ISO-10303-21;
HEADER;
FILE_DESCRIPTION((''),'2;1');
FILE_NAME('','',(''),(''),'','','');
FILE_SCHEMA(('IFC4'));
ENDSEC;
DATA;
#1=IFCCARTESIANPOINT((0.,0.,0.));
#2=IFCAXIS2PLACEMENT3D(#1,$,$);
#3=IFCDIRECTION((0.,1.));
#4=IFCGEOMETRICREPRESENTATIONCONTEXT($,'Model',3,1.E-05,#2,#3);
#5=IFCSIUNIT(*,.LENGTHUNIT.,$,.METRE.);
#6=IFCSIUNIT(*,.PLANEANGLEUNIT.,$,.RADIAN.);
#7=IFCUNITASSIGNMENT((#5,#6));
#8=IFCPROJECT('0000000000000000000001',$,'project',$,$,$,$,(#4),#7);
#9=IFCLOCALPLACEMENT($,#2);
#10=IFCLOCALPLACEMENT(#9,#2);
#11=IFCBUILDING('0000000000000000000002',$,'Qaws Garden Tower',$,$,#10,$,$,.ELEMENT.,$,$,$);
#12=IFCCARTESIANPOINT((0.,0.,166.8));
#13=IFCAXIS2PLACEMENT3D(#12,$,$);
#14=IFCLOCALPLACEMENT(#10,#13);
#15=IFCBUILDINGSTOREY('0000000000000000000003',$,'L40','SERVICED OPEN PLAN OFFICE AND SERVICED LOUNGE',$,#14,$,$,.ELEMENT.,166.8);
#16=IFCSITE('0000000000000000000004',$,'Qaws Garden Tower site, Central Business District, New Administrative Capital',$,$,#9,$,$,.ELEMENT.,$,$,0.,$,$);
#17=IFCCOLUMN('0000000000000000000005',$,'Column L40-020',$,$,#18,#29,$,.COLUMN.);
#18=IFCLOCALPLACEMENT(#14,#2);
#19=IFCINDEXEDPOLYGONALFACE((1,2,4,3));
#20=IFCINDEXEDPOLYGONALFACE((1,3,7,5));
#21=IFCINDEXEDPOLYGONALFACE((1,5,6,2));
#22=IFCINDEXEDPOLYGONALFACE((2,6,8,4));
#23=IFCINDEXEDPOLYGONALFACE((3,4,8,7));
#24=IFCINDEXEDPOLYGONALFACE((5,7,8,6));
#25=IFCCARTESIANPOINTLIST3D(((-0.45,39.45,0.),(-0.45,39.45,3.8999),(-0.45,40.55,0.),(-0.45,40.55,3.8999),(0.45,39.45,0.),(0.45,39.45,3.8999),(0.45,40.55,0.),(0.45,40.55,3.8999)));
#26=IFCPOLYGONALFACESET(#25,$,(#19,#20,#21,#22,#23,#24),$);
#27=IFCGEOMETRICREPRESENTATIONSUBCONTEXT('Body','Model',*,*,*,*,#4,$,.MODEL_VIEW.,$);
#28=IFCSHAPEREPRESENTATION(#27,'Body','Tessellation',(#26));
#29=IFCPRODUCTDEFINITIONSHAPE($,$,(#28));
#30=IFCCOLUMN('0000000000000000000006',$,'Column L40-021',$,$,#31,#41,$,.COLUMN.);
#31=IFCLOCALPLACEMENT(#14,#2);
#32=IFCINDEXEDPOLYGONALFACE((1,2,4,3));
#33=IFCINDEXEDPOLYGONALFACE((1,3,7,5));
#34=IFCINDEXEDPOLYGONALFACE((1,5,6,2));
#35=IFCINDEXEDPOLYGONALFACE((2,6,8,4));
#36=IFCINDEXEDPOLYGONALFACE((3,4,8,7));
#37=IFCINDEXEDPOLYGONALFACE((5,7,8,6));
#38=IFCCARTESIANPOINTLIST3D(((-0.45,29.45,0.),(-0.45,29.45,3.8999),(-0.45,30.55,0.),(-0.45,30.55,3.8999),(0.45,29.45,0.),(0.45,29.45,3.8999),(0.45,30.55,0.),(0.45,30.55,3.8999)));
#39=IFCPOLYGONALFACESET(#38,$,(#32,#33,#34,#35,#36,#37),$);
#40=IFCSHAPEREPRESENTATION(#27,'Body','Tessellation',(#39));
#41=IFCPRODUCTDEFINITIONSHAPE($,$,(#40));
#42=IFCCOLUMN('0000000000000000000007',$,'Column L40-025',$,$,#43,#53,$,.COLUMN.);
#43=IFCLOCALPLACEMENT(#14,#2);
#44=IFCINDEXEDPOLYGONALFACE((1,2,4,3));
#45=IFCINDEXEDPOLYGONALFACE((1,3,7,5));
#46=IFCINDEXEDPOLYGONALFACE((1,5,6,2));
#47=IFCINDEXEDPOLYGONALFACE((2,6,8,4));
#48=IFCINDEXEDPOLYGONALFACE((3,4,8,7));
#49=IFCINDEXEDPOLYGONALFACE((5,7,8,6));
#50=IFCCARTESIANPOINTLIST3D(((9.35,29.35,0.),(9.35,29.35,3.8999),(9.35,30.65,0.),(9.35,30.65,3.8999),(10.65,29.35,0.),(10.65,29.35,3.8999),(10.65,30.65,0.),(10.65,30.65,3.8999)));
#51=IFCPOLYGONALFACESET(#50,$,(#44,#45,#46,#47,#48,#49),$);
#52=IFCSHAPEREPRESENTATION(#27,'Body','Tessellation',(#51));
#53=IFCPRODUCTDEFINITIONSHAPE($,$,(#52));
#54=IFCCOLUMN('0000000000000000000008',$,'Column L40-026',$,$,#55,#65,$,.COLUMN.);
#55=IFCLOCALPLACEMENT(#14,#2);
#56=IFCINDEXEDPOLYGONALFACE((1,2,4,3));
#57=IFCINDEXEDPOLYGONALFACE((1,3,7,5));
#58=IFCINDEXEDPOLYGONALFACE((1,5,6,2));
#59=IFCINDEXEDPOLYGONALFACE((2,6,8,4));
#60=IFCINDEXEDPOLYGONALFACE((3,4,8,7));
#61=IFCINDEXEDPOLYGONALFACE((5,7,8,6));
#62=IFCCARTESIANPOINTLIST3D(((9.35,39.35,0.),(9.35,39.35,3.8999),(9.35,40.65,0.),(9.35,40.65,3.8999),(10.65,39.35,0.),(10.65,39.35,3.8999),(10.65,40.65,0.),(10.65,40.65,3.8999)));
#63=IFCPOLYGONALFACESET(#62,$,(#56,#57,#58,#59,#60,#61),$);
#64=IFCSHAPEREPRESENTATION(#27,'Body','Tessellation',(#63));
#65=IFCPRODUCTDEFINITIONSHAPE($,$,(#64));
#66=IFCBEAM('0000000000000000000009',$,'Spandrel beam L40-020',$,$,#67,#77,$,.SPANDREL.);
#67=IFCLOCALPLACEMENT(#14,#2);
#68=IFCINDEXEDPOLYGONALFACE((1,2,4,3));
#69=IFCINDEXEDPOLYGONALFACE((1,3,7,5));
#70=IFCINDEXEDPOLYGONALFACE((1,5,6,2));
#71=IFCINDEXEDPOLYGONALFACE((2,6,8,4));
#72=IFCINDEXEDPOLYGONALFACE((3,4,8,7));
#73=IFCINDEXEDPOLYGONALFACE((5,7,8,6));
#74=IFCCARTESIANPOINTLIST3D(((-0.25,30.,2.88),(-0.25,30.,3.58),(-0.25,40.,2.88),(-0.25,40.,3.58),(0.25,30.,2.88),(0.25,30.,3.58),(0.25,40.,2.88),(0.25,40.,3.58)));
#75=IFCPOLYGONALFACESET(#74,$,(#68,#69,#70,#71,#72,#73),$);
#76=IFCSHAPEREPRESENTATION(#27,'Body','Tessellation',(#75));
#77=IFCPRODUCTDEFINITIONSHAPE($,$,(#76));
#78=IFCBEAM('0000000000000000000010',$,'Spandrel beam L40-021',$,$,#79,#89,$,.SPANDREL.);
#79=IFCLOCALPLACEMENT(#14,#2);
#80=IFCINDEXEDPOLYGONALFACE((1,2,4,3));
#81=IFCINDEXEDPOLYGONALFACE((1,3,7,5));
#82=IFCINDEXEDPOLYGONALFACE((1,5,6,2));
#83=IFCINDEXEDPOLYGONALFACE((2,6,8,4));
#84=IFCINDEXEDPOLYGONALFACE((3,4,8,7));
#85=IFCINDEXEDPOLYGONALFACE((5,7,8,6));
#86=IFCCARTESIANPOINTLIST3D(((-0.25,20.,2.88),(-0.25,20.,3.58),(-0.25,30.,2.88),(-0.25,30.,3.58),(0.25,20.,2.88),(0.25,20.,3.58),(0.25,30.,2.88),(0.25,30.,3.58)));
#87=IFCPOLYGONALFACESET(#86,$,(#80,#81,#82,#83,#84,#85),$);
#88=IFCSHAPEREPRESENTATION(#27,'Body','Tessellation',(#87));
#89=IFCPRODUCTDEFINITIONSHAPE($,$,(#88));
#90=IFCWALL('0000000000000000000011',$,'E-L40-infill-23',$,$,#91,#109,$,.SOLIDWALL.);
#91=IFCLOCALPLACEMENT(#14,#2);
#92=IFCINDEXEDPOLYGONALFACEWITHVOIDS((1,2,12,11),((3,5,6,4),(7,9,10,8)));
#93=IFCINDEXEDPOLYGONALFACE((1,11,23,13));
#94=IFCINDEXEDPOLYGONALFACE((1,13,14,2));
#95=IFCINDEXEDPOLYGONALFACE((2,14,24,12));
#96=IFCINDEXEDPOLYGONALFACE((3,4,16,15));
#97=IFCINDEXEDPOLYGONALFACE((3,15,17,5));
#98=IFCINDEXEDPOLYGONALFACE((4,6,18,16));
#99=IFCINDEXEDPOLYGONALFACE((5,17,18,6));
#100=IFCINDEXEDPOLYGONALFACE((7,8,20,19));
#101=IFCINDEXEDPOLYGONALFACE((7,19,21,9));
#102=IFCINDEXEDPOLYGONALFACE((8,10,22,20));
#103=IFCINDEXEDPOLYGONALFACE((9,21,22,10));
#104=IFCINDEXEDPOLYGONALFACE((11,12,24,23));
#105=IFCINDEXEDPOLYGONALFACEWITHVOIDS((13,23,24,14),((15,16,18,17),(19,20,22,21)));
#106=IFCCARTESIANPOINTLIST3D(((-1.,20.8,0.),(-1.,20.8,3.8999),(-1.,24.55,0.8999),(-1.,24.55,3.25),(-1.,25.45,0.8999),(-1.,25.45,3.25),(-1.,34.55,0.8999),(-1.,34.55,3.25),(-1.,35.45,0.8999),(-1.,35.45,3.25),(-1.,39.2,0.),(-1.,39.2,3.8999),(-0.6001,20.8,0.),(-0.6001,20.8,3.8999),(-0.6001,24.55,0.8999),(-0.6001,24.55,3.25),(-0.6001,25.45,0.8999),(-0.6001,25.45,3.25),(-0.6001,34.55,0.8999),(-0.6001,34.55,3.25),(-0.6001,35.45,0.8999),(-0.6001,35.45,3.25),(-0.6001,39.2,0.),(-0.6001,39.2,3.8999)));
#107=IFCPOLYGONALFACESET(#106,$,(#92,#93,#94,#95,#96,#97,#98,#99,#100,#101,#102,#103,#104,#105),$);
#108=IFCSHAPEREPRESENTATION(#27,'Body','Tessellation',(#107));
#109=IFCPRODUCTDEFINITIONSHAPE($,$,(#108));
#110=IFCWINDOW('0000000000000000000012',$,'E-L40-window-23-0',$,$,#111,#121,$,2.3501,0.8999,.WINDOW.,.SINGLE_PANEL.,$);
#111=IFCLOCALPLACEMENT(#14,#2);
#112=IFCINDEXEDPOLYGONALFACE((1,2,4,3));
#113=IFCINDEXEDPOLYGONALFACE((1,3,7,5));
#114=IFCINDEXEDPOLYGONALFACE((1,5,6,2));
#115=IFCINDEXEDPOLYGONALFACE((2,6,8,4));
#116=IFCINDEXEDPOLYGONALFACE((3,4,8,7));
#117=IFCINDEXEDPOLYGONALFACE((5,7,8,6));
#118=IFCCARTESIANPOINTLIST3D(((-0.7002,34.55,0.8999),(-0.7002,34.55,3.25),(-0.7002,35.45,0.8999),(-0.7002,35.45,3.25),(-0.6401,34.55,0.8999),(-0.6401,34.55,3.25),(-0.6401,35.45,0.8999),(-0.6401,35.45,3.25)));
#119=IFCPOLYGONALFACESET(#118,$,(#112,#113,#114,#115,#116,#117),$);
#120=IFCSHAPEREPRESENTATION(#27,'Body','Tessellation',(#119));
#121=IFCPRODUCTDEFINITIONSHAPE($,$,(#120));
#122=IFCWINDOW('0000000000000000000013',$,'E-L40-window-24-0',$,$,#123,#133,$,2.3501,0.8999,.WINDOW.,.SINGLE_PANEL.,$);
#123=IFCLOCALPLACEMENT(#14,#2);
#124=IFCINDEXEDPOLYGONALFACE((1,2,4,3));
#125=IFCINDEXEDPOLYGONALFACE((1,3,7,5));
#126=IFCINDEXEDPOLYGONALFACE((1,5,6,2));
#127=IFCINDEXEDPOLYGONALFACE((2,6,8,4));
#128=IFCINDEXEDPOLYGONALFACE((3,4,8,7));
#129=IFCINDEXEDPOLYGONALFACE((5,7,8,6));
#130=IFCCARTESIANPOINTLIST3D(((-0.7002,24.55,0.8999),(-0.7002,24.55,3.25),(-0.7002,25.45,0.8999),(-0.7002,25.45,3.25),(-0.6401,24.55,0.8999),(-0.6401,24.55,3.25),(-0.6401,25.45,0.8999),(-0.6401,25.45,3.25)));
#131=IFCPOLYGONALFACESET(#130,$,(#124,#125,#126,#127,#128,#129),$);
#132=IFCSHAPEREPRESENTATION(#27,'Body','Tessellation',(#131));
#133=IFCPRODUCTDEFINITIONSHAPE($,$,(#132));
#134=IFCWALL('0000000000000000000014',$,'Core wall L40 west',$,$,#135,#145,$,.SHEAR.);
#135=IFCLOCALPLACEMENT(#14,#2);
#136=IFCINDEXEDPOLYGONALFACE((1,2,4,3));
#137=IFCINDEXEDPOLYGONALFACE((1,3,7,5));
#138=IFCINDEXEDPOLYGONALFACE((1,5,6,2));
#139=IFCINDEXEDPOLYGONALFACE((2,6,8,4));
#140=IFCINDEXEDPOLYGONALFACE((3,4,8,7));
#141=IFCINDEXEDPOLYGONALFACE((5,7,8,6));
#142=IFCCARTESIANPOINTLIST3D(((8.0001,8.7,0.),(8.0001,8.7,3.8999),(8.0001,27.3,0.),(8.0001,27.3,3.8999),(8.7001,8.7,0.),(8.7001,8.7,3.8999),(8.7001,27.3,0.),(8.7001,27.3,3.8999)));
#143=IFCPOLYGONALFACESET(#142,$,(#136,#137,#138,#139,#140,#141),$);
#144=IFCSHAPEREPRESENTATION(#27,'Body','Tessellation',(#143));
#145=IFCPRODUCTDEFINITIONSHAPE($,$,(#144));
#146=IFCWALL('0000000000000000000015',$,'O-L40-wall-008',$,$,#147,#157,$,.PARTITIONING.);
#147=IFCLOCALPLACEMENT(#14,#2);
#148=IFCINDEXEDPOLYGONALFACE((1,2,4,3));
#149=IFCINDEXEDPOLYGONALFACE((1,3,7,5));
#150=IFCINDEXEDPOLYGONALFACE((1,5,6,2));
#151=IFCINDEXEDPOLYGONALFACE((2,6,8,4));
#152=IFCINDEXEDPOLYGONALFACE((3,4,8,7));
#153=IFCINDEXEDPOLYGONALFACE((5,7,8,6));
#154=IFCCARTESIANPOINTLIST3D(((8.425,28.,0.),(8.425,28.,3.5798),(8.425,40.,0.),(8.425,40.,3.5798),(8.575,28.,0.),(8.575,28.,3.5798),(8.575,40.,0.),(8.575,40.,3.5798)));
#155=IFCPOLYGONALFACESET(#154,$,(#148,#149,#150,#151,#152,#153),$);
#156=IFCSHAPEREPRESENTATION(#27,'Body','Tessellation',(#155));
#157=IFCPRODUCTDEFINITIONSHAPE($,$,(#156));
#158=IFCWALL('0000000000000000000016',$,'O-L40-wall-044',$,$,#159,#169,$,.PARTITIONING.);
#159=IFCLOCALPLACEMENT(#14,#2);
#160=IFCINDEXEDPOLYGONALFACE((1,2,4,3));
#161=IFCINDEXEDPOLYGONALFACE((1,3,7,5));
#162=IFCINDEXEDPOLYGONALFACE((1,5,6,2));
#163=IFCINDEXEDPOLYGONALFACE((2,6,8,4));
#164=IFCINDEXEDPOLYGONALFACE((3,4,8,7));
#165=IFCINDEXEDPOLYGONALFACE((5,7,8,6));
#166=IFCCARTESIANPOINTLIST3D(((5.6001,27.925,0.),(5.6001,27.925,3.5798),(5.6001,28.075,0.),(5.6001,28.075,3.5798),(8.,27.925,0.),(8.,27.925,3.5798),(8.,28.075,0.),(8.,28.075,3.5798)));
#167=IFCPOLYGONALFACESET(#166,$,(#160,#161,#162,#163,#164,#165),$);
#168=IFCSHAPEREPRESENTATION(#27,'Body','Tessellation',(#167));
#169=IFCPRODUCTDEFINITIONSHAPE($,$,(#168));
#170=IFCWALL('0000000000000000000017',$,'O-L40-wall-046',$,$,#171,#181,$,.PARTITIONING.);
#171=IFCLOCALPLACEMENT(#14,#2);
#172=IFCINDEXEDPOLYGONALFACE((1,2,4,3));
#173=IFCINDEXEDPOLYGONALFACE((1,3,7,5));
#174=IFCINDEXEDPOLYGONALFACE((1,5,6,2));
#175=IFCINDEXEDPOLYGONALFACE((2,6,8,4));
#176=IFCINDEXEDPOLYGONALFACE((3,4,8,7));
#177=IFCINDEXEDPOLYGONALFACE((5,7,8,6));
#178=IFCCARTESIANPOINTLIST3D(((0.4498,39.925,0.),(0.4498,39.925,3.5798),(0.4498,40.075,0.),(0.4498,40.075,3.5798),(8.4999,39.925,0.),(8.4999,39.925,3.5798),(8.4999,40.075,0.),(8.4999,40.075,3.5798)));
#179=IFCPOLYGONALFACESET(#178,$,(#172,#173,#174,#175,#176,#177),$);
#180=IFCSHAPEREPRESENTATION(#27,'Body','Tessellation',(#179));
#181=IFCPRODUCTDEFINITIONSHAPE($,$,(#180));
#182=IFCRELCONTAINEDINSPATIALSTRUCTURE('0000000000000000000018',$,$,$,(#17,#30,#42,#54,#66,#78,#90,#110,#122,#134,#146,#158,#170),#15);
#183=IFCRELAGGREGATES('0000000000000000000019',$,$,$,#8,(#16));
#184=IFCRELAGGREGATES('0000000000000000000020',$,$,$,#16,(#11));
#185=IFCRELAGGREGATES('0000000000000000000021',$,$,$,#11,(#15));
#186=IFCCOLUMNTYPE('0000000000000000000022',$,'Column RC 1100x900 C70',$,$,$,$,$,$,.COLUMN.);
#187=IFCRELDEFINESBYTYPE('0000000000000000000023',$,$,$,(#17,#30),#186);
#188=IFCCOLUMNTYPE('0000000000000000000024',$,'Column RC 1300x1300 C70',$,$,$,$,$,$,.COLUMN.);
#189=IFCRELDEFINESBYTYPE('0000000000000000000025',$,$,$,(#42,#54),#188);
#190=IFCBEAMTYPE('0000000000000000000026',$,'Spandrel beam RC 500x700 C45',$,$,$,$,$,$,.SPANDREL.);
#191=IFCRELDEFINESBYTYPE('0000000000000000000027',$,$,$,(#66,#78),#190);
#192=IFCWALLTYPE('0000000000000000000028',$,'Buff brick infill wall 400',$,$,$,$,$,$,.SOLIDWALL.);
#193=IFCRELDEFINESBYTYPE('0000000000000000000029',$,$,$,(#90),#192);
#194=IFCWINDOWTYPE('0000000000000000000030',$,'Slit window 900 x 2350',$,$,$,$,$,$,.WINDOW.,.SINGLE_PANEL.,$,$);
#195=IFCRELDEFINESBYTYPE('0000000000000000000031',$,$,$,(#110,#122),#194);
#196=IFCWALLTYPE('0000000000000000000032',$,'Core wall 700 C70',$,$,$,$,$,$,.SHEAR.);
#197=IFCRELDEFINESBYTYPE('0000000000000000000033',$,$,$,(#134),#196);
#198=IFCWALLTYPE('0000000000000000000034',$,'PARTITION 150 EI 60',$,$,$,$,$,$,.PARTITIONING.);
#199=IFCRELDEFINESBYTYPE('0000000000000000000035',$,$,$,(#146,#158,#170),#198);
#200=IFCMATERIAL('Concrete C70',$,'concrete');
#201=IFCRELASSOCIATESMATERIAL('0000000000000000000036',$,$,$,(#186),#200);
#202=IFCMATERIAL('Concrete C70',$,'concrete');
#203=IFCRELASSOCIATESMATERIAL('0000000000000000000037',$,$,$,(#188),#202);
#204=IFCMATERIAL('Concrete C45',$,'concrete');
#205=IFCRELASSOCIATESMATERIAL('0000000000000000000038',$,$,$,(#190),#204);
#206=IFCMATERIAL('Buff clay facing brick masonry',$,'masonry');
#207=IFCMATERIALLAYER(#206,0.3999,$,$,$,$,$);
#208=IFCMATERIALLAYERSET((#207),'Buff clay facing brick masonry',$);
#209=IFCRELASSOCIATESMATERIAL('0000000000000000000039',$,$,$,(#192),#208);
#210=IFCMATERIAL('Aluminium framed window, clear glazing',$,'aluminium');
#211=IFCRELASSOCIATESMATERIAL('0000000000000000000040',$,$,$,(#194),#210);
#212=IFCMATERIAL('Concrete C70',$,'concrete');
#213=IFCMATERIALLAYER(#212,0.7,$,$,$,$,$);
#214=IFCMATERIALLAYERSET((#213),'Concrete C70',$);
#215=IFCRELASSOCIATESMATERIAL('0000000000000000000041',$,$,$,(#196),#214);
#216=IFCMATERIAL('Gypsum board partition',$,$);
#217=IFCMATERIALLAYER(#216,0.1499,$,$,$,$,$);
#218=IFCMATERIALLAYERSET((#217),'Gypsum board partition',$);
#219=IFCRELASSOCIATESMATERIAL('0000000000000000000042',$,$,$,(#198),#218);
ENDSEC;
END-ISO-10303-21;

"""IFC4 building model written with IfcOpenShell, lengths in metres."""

from ifc_helpers import new_model, si_unit, direction, frame, frame_2d, origin, origin_2d, place, context, subcontext, project, spatial, rectangle, extrude, material, layer, layer_set, material_profile, profile_set, type_object, element, fill, save


model = new_model("IFC4")

# Units and contexts
model_context = context("Model", 3, precision=1e-05, world=origin(), true_north=direction((0.0, 1.0)))
body_context = subcontext(model_context, "Body", "Model", "MODEL_VIEW")
ifc_project = project(units=[si_unit("LENGTHUNIT", "METRE"), si_unit("PLANEANGLEUNIT", "RADIAN")], contexts=[model_context])

# Site, building, storey
site_placement = place(None, origin())
site = spatial("IfcSite", under=ifc_project, at=site_placement, Name="Qaws Garden Tower site, Central Business District, New Administrative Capital", CompositionType="ELEMENT", RefElevation=0.0)
building_placement = place(site_placement, origin())
building = spatial("IfcBuilding", under=site, at=building_placement, Name="Qaws Garden Tower", CompositionType="ELEMENT")
storey_placement = place(building_placement, frame((0.0, 0.0, 166.8)))
storey = spatial("IfcBuildingStorey", under=building, at=storey_placement, Name="L40", Description="SERVICED OPEN PLAN OFFICE AND SERVICED LOUNGE", CompositionType="ELEMENT", Elevation=166.8)

# Columns
ifc_material_1 = material(Name="Concrete C70", Category="concrete")
ifc_material_profile_1 = material_profile(ifc_material_1, rectangle(XDim=1.1001, YDim=0.8999, at=origin_2d()), Name="RC 1100x900")
ifc_profile_set_1 = profile_set([ifc_material_profile_1], Name="Concrete C70")
column_type_1 = type_object("IfcColumnType", Name="Column RC 1100x900 C70", PredefinedType="COLUMN", material=ifc_profile_set_1)
for number, where, z_axis, x_axis, name in (
    (1, (0.0, 40.0, 0.0), (0.0, 0.0, 1.0), (0.0, 1.0, 0.0), "Column L40-020"),
    (2, (0.0, 30.0, 0.0), (0.0, 0.0, 1.0), (0.0, 1.0, 0.0), "Column L40-021"),
):
    element("IfcColumn", number, at=place(storey_placement, frame(where, z_axis=z_axis, x_axis=x_axis)), inside=storey, type_object=column_type_1, Name=name, PredefinedType="COLUMN", context=body_context, shape_type="SweptSolid", body=[
        extrude(rectangle(XDim=1.1001, YDim=0.8999, at=origin_2d()), origin(), (0.0, 0.0, 1.0), 3.8999),
    ])
ifc_material_2 = material(Name="Concrete C70", Category="concrete")
ifc_material_profile_2 = material_profile(ifc_material_2, rectangle(XDim=1.3, YDim=1.3, at=origin_2d()), Name="RC 1300x1300")
ifc_profile_set_2 = profile_set([ifc_material_profile_2], Name="Concrete C70")
column_type_2 = type_object("IfcColumnType", Name="Column RC 1300x1300 C70", PredefinedType="COLUMN", material=ifc_profile_set_2)
for number, where, z_axis, x_axis, name in (
    (3, (10.0, 30.0, 0.0), (0.0, 0.0, 1.0), (1.0, 0.0, 0.0), "Column L40-025"),
    (4, (10.0, 40.0, 0.0), (0.0, 0.0, 1.0), (1.0, 0.0, 0.0), "Column L40-026"),
):
    element("IfcColumn", number, at=place(storey_placement, frame(where, z_axis=z_axis, x_axis=x_axis)), inside=storey, type_object=column_type_2, Name=name, PredefinedType="COLUMN", context=body_context, shape_type="SweptSolid", body=[
        extrude(rectangle(XDim=1.3, YDim=1.3, at=origin_2d()), origin(), (0.0, 0.0, 1.0), 3.8999),
    ])

# Beams
ifc_material_3 = material(Name="Concrete C45", Category="concrete")
ifc_material_profile_3 = material_profile(ifc_material_3, rectangle(XDim=0.5, YDim=0.7, at=origin_2d()), Name="RC 500x700")
ifc_profile_set_3 = profile_set([ifc_material_profile_3], Name="Concrete C45")
beam_type = type_object("IfcBeamType", Name="Spandrel beam RC 500x700 C45", PredefinedType="SPANDREL", material=ifc_profile_set_3)
for number, where, z_axis, x_axis, name in (
    (5, (0.0, 40.0, 3.23), (0.0, -1.0, 0.0), (1.0, 0.0, 0.0), "Spandrel beam L40-020"),
    (6, (0.0, 30.0, 3.23), (0.0, -1.0, 0.0), (1.0, 0.0, 0.0), "Spandrel beam L40-021"),
):
    element("IfcBeam", number, at=place(storey_placement, frame(where, z_axis=z_axis, x_axis=x_axis)), inside=storey, type_object=beam_type, Name=name, PredefinedType="SPANDREL", context=body_context, shape_type="SweptSolid", body=[
        extrude(rectangle(XDim=0.5, YDim=0.7, at=origin_2d()), origin(), (0.0, 0.0, 1.0), 10.0),
    ])

# Wall, openings, windows
ifc_material_4 = material(Name="Buff clay facing brick masonry", Category="masonry")
ifc_layer_1 = layer(ifc_material_4, 0.3999)
ifc_layer_set_1 = layer_set([ifc_layer_1], Name="Buff clay facing brick masonry")
wall_type_1 = type_object("IfcWallType", Name="Buff brick infill wall 400", PredefinedType="SOLIDWALL", material=ifc_layer_set_1)
wall_1_placement = place(storey_placement, frame((-0.8, 39.2, 0.0), z_axis=(0.0, 0.0, 1.0), x_axis=(0.0, -1.0, 0.0)))
wall_1 = element("IfcWall", 7, at=wall_1_placement, inside=storey, type_object=wall_type_1, Name="E-L40-infill-23", PredefinedType="SOLIDWALL", context=body_context, shape_type="SweptSolid", body=[
    extrude(rectangle(XDim=18.3999, YDim=0.3999, at=frame_2d((9.2, 0.0))), origin(), (0.0, 0.0, 1.0), 3.8999),
])
opening_1_placement = place(wall_1_placement, frame((3.75, 0.0, 0.8999)))
opening_1 = element("IfcOpeningElement", 8, at=opening_1_placement, cuts=wall_1, PredefinedType="OPENING", context=body_context, shape_type="SweptSolid", body=[
    extrude(rectangle(XDim=0.8999, YDim=2.3501, at=frame_2d((0.45, 1.175))), frame((0.0, 0.21, 0.0), z_axis=(0.0, -1.0, 0.0), x_axis=(1.0, 0.0, 0.0)), (0.0, 0.0, 1.0), 0.4199),
])
opening_2_placement = place(wall_1_placement, frame((13.75, 0.0, 0.8999)))
opening_2 = element("IfcOpeningElement", 9, at=opening_2_placement, cuts=wall_1, PredefinedType="OPENING", context=body_context, shape_type="SweptSolid", body=[
    extrude(rectangle(XDim=0.8999, YDim=2.3501, at=frame_2d((0.45, 1.175))), frame((0.0, 0.21, 0.0), z_axis=(0.0, -1.0, 0.0), x_axis=(1.0, 0.0, 0.0)), (0.0, 0.0, 1.0), 0.4199),
])
ifc_material_5 = material(Name="Aluminium framed window, clear glazing", Category="aluminium")
window_type = type_object("IfcWindowType", Name="Slit window 900 x 2350", PartitioningType="SINGLE_PANEL", PredefinedType="WINDOW", material=ifc_material_5)
window_1_placement = place(opening_1_placement, origin())
window_1 = element("IfcWindow", 10, at=window_1_placement, inside=storey, type_object=window_type, Name="E-L40-window-23-0", OverallHeight=2.3501, OverallWidth=0.8999, PartitioningType="SINGLE_PANEL", PredefinedType="WINDOW", context=body_context, shape_type="SweptSolid", body=[
    extrude(rectangle(XDim=0.8999, YDim=2.3501, at=frame_2d((0.45, 1.175))), frame((0.0, 0.1599, 0.0), z_axis=(0.0, -1.0, 0.0), x_axis=(1.0, 0.0, 0.0)), (0.0, 0.0, 1.0), 0.0601),
])
fill(opening_1, window_1)
window_2_placement = place(opening_2_placement, origin())
window_2 = element("IfcWindow", 11, at=window_2_placement, inside=storey, type_object=window_type, Name="E-L40-window-24-0", OverallHeight=2.3501, OverallWidth=0.8999, PartitioningType="SINGLE_PANEL", PredefinedType="WINDOW", context=body_context, shape_type="SweptSolid", body=[
    extrude(rectangle(XDim=0.8999, YDim=2.3501, at=frame_2d((0.45, 1.175))), frame((0.0, 0.1599, 0.0), z_axis=(0.0, -1.0, 0.0), x_axis=(1.0, 0.0, 0.0)), (0.0, 0.0, 1.0), 0.0601),
])
fill(opening_2, window_2)

# Walls
ifc_material_6 = material(Name="Concrete C70", Category="concrete")
ifc_layer_2 = layer(ifc_material_6, 0.7)
ifc_layer_set_2 = layer_set([ifc_layer_2], Name="Concrete C70")
wall_type_2 = type_object("IfcWallType", Name="Core wall 700 C70", PredefinedType="SHEAR", material=ifc_layer_set_2)
wall_2_placement = place(storey_placement, frame((8.3501, 27.3, 0.0), z_axis=(0.0, 0.0, 1.0), x_axis=(0.0, -1.0, 0.0)))
element("IfcWall", 12, at=wall_2_placement, inside=storey, type_object=wall_type_2, Name="Core wall L40 west", PredefinedType="SHEAR", context=body_context, shape_type="SweptSolid", body=[
    extrude(rectangle(XDim=18.6001, YDim=0.7, at=frame_2d((9.3, 0.0))), origin(), (0.0, 0.0, 1.0), 3.8999),
])
ifc_material_7 = material(Name="Gypsum board partition")
ifc_layer_3 = layer(ifc_material_7, 0.1499)
ifc_layer_set_3 = layer_set([ifc_layer_3], Name="Gypsum board partition")
wall_type_3 = type_object("IfcWallType", Name="PARTITION 150 EI 60", PredefinedType="PARTITIONING", material=ifc_layer_set_3)
wall_3_placement = place(storey_placement, frame((8.5, 28.0, 0.0), z_axis=(0.0, 0.0, 1.0), x_axis=(0.0, 1.0, 0.0)))
element("IfcWall", 13, at=wall_3_placement, inside=storey, type_object=wall_type_3, Name="O-L40-wall-008", PredefinedType="PARTITIONING", context=body_context, shape_type="SweptSolid", body=[
    extrude(rectangle(XDim=12.0, YDim=0.1499, at=frame_2d((6.0, 0.0))), origin(), (0.0, 0.0, 1.0), 3.5798),
])
wall_4_placement = place(storey_placement, frame((5.6001, 28.0, 0.0), z_axis=(0.0, 0.0, 1.0), x_axis=(1.0, 0.0, 0.0)))
element("IfcWall", 14, at=wall_4_placement, inside=storey, type_object=wall_type_3, Name="O-L40-wall-044", PredefinedType="PARTITIONING", context=body_context, shape_type="SweptSolid", body=[
    extrude(rectangle(XDim=2.3999, YDim=0.1499, at=frame_2d((1.2, 0.0))), origin(), (0.0, 0.0, 1.0), 3.5798),
])
wall_5_placement = place(storey_placement, frame((0.45, 40.0, 0.0), z_axis=(0.0, 0.0, 1.0), x_axis=(1.0, 0.0, 0.0)))
element("IfcWall", 15, at=wall_5_placement, inside=storey, type_object=wall_type_3, Name="O-L40-wall-046", PredefinedType="PARTITIONING", context=body_context, shape_type="SweptSolid", body=[
    extrude(rectangle(XDim=8.05, YDim=0.1499, at=frame_2d((4.0249, 0.0))), origin(), (0.0, 0.0, 1.0), 3.5798),
])

save(model, "model.ifc")
